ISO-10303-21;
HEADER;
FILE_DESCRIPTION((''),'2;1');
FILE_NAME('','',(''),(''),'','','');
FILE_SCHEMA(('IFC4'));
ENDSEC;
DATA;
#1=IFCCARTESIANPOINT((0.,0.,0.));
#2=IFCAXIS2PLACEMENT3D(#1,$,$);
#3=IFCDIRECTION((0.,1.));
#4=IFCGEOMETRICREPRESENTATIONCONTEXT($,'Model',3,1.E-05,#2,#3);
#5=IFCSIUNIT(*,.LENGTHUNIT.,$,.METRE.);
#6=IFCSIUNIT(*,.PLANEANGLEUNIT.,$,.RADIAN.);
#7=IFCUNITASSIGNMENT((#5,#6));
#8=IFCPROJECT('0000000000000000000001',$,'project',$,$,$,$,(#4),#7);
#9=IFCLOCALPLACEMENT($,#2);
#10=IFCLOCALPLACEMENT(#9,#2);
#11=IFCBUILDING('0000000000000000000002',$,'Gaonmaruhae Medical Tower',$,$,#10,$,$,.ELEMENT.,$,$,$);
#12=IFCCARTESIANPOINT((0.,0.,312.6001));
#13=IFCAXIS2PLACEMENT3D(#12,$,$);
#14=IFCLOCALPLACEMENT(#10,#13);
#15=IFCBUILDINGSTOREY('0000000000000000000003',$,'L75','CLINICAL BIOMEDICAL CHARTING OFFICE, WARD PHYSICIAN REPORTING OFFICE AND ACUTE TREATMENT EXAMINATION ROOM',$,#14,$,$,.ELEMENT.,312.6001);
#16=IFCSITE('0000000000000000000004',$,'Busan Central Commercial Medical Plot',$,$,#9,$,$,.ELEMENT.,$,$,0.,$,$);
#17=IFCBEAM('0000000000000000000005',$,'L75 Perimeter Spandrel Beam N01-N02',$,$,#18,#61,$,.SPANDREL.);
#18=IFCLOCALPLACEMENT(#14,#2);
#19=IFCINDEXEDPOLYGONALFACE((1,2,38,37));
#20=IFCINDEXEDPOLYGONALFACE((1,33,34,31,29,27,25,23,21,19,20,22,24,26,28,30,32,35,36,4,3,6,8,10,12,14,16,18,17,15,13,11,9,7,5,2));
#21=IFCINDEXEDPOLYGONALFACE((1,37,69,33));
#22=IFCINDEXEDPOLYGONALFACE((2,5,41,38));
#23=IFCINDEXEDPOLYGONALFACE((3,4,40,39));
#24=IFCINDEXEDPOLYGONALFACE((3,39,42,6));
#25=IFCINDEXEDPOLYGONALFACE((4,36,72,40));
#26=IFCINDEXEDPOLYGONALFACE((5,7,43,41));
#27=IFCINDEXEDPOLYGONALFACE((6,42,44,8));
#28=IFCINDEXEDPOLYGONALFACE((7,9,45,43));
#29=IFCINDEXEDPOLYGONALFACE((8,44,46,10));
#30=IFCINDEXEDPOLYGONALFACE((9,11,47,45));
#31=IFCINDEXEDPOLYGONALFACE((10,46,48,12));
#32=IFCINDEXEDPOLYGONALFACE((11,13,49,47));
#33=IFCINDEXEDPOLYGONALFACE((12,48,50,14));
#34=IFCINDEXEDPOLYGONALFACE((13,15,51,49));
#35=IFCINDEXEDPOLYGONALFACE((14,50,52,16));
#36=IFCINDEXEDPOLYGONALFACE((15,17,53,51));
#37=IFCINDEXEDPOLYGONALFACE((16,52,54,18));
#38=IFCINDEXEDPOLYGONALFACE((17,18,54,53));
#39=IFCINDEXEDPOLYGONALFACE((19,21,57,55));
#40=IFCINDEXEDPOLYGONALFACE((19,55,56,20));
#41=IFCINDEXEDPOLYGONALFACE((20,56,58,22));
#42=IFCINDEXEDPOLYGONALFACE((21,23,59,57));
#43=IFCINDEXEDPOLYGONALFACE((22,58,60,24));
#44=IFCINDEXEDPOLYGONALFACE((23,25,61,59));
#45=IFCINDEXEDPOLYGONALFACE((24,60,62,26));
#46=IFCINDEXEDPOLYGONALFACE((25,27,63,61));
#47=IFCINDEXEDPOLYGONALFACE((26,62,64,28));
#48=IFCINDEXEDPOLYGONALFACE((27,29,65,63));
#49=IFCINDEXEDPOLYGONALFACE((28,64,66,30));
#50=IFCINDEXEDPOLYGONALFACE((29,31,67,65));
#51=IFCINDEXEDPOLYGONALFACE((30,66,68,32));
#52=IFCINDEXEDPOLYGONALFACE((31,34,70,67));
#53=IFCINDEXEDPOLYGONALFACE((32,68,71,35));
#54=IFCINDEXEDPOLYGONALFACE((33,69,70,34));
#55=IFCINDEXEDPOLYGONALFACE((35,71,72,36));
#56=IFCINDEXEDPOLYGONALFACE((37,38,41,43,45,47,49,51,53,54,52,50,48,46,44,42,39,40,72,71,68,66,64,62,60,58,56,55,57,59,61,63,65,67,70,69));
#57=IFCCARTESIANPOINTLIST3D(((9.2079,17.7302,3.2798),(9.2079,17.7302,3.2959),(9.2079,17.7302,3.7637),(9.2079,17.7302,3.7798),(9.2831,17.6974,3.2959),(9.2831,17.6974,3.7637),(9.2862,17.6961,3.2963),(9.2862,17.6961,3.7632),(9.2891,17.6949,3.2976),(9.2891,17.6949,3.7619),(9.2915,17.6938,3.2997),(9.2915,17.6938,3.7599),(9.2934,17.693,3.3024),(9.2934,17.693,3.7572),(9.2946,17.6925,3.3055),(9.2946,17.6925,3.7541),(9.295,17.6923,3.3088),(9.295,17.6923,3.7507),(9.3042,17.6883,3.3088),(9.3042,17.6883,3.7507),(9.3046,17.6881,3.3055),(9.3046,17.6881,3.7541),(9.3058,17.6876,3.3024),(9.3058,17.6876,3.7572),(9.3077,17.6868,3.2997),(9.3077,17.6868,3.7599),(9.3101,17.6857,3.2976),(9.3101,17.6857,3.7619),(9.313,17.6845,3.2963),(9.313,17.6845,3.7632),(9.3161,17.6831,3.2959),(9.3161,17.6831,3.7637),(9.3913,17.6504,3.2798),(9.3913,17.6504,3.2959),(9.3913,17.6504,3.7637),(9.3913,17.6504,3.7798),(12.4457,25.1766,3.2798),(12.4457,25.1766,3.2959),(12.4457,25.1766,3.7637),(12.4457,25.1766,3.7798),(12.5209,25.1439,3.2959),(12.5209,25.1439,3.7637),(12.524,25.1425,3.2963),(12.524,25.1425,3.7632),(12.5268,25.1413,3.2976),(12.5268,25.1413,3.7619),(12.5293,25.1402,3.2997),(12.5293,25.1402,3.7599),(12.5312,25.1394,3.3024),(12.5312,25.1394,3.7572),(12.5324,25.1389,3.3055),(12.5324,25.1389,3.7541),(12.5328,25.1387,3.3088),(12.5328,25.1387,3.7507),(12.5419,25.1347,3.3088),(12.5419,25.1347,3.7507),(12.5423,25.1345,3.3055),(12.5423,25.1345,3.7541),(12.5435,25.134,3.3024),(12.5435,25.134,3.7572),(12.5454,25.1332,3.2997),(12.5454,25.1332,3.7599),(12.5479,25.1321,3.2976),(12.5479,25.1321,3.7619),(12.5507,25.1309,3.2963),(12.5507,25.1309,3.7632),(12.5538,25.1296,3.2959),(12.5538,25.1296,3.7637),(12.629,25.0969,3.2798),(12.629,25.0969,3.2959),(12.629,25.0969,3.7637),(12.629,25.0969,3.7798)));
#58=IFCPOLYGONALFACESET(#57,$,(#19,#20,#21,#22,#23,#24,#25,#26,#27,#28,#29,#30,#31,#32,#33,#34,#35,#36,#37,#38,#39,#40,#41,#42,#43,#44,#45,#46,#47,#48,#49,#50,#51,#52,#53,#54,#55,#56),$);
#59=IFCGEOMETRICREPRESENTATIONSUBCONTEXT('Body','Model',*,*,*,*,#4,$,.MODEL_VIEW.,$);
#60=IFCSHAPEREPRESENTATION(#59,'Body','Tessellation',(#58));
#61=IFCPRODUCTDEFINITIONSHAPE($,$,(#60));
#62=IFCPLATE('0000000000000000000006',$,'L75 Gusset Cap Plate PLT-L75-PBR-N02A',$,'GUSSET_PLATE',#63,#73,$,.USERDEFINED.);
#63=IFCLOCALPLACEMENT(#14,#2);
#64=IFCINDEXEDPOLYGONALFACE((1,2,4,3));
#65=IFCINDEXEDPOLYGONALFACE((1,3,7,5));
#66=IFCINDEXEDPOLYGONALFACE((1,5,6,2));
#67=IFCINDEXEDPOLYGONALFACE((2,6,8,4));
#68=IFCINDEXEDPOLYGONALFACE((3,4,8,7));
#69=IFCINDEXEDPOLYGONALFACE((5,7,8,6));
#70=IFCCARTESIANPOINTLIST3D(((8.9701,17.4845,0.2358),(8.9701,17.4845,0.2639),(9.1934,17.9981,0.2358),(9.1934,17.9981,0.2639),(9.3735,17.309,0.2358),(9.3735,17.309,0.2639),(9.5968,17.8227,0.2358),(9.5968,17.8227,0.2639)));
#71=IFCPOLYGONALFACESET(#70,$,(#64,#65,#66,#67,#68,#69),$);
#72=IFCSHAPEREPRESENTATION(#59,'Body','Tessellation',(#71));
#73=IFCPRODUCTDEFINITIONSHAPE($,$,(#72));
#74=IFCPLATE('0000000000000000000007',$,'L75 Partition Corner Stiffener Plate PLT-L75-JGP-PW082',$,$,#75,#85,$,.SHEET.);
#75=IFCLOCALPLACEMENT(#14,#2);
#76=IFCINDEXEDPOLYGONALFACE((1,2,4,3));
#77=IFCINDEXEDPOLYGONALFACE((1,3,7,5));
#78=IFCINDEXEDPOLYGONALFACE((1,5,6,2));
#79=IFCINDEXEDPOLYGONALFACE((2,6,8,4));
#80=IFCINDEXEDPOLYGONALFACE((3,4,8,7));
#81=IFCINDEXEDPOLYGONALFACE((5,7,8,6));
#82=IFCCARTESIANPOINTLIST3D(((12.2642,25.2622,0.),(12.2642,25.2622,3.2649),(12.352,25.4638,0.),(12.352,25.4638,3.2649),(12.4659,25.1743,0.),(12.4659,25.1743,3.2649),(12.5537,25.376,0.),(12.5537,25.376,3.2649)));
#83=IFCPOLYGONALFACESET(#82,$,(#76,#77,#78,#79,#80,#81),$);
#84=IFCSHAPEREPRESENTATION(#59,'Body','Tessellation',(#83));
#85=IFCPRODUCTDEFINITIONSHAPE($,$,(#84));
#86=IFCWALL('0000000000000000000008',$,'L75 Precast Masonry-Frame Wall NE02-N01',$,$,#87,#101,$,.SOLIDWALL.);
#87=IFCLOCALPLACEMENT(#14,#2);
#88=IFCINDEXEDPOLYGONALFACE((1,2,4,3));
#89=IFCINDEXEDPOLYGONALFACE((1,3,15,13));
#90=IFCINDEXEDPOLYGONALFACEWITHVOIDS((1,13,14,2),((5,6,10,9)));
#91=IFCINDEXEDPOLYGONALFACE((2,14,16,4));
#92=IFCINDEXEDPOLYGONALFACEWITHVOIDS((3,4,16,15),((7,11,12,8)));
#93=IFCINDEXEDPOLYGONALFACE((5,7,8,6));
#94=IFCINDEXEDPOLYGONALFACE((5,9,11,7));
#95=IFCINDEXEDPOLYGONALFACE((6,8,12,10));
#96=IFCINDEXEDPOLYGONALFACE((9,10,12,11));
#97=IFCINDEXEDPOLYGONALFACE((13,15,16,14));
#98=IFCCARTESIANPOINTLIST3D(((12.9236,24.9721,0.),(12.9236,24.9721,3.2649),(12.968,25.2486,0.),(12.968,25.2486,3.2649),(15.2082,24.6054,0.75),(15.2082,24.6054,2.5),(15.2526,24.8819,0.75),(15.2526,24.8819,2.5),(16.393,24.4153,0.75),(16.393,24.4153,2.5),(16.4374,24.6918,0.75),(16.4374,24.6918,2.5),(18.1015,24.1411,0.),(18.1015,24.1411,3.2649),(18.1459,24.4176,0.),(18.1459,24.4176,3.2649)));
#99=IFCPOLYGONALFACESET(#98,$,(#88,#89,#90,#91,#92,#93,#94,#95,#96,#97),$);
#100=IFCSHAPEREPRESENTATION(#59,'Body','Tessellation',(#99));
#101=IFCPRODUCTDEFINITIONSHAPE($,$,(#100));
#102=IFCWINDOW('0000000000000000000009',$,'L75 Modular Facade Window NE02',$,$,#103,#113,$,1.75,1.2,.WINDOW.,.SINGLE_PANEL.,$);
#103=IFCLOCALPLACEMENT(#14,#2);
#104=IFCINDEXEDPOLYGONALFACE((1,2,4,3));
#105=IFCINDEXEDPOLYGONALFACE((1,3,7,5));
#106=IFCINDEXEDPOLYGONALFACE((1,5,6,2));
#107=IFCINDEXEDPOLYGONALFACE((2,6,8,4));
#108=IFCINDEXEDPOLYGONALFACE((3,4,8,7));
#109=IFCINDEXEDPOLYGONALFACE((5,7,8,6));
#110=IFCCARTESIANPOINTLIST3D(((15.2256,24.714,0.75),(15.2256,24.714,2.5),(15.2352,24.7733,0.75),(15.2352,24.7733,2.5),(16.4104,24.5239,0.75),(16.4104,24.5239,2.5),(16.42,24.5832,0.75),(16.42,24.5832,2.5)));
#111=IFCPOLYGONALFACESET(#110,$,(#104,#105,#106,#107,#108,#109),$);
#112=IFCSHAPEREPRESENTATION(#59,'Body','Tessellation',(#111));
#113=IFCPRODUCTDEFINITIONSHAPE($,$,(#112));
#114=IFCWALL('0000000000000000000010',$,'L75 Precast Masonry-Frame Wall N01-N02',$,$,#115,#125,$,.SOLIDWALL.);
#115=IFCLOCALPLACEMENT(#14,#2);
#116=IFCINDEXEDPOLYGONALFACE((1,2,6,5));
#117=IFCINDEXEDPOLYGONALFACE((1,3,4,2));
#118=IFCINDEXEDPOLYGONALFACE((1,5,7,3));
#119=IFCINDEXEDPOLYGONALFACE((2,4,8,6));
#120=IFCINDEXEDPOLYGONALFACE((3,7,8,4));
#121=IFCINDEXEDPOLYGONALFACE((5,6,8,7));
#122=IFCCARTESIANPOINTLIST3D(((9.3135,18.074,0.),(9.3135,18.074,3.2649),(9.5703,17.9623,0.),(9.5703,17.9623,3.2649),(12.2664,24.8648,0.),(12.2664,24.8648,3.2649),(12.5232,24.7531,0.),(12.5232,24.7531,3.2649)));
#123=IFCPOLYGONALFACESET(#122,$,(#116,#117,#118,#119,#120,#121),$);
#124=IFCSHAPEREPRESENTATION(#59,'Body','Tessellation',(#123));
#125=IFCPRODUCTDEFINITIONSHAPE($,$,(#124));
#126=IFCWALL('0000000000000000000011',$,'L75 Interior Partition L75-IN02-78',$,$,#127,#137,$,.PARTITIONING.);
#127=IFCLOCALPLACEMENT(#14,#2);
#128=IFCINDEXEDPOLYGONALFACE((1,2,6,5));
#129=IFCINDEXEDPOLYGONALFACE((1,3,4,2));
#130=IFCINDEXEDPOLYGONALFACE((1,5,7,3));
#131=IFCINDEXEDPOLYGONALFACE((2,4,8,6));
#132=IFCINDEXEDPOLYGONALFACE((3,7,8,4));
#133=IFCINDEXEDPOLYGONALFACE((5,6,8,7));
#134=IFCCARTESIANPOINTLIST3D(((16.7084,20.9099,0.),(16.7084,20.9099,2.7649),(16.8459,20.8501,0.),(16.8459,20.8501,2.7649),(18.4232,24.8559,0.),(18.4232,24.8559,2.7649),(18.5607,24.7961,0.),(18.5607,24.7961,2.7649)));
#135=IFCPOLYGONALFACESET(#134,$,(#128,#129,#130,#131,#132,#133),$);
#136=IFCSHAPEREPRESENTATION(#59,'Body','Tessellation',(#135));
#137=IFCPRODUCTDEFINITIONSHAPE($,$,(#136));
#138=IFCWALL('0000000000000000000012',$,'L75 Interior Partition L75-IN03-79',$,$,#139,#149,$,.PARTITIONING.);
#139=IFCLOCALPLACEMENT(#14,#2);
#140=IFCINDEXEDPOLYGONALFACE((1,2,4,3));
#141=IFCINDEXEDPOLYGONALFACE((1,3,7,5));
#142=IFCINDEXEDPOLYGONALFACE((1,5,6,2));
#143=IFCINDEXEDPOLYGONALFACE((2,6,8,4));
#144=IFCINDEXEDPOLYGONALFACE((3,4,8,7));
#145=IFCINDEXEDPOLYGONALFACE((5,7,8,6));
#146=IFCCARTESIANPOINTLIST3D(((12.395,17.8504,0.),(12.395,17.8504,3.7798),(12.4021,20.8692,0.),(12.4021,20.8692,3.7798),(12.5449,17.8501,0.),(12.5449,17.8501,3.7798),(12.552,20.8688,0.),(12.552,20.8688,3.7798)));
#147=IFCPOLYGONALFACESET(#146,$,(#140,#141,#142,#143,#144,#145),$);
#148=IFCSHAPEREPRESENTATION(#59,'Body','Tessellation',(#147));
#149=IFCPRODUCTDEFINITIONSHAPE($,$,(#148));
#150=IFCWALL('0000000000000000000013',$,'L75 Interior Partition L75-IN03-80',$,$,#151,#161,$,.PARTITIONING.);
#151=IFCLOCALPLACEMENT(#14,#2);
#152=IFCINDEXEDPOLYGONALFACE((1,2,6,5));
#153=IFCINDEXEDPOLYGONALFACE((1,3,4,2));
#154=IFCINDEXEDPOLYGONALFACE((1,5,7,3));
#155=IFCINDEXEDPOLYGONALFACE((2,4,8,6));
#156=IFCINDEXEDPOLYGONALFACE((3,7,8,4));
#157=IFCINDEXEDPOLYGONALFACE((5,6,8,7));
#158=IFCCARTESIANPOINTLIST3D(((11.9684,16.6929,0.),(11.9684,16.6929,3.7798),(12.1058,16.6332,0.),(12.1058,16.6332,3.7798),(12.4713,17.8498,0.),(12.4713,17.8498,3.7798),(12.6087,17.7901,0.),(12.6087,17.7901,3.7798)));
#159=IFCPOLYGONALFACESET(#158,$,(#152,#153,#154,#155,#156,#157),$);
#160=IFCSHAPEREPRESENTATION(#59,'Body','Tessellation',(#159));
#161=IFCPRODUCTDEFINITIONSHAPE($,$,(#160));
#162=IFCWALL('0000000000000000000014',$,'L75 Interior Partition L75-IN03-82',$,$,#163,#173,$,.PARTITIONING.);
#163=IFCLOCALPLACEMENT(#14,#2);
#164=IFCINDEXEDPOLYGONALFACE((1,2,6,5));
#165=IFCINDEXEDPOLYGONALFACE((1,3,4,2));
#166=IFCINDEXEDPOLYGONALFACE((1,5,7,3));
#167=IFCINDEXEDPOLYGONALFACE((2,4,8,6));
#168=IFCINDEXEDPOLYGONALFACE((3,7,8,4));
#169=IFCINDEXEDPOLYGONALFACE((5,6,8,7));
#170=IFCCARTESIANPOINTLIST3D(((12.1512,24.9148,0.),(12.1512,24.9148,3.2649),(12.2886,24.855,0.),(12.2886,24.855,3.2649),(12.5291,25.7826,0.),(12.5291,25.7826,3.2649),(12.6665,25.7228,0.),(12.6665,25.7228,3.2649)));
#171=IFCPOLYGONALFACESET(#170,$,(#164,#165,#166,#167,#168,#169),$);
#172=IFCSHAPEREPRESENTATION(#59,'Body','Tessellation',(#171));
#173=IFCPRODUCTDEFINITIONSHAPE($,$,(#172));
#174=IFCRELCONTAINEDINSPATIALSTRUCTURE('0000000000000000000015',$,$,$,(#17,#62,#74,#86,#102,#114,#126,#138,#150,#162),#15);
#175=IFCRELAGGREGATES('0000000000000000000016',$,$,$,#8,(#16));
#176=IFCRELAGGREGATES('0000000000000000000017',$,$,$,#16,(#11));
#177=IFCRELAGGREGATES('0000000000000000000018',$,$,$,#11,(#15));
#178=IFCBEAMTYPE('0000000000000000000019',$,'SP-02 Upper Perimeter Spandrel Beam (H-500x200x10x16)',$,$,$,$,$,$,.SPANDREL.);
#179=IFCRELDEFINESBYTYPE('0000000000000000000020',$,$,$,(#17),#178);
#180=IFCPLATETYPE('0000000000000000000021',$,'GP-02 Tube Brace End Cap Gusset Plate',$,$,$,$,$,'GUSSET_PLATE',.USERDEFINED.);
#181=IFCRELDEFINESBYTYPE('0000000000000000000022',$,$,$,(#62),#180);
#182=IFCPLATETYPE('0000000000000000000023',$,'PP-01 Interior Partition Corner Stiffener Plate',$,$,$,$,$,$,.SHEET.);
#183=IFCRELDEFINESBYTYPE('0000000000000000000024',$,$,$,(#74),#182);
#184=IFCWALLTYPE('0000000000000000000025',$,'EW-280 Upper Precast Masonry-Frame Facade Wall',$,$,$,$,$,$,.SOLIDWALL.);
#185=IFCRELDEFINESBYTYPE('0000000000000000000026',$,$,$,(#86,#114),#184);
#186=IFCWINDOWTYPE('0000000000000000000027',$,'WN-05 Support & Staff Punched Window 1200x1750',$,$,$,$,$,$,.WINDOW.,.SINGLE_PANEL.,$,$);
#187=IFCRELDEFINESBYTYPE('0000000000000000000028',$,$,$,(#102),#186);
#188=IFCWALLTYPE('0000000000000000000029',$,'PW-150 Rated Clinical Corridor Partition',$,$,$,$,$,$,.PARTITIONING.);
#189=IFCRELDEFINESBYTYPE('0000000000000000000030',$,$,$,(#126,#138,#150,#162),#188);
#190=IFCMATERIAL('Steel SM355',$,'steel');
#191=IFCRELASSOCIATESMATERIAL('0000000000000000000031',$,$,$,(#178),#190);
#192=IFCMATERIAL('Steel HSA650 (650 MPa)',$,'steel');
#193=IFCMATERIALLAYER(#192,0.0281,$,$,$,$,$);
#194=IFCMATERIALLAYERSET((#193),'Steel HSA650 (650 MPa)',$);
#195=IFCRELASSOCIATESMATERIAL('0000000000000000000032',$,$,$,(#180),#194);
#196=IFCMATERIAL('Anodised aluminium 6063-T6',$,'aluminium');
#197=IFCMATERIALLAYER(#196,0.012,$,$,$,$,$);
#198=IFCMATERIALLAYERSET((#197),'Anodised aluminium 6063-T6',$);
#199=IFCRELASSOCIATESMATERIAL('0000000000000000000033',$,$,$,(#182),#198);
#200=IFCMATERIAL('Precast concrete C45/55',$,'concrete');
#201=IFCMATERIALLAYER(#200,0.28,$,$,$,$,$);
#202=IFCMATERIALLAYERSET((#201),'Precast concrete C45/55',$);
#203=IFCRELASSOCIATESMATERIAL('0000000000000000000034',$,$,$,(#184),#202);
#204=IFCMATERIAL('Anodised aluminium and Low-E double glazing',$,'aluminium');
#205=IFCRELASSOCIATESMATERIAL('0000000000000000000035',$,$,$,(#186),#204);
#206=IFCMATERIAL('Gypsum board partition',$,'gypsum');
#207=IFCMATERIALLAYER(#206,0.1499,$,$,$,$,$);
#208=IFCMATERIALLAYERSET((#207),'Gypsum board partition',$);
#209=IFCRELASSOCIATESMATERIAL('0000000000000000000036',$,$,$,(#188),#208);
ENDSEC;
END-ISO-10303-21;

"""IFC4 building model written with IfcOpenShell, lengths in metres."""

from ifc_helpers import new_model, si_unit, direction, frame, frame_2d, origin, origin_2d, place, context, subcontext, project, spatial, rectangle, i_section, extrude, material, layer, layer_set, material_profile, profile_set, type_object, element, fill, save


model = new_model("IFC4")

# Units and contexts
model_context = context("Model", 3, precision=1e-05, world=origin(), true_north=direction((0.0, 1.0)))
body_context = subcontext(model_context, "Body", "Model", "MODEL_VIEW")
ifc_project = project(units=[si_unit("LENGTHUNIT", "METRE"), si_unit("PLANEANGLEUNIT", "RADIAN")], contexts=[model_context])

# Site, building, storey
site_placement = place(None, origin())
site = spatial("IfcSite", under=ifc_project, at=site_placement, Name="Busan Central Commercial Medical Plot", CompositionType="ELEMENT", RefElevation=0.0)
building_placement = place(site_placement, origin())
building = spatial("IfcBuilding", under=site, at=building_placement, Name="Gaonmaruhae Medical Tower", CompositionType="ELEMENT")
storey_placement = place(building_placement, frame((0.0, 0.0, 312.6001)))
storey = spatial("IfcBuildingStorey", under=building, at=storey_placement, Name="L75", Description="CLINICAL BIOMEDICAL CHARTING OFFICE, WARD PHYSICIAN REPORTING OFFICE AND ACUTE TREATMENT EXAMINATION ROOM", CompositionType="ELEMENT", Elevation=312.6001)

# Shared definitions
ifc_material_1 = material(Name="Steel SM355", Category="steel")

# Beam
ifc_material_profile_1 = material_profile(ifc_material_1, i_section(OverallWidth=0.2, OverallDepth=0.5, WebThickness=0.01, FlangeThickness=0.0161, FilletRadius=0.0129, at=origin_2d()), Name="H-500x200x10x16")
ifc_profile_set_1 = profile_set([ifc_material_profile_1], Name="Steel SM355")
beam_type_1 = type_object("IfcBeamType", Name="SP-02 Upper Perimeter Spandrel Beam (H-500x200x10x16)", PredefinedType="SPANDREL", material=ifc_profile_set_1)
beam_1_placement = place(storey_placement, frame((12.5374, 25.1367, 3.5298), z_axis=(-0.398744, -0.917062, 0.0), x_axis=(0.917062, -0.398744, 0.0)))
element("IfcBeam", 1, at=beam_1_placement, inside=storey, type_object=beam_type_1, Name="L75 Perimeter Spandrel Beam N01-N02", PredefinedType="SPANDREL", context=body_context, shape_type="SweptSolid", body=[
    extrude(i_section(OverallWidth=0.2, OverallDepth=0.5, WebThickness=0.01, FlangeThickness=0.0161, FilletRadius=0.0129, at=origin_2d()), origin(), (0.0, 0.0, 1.0), 8.1199),
])

# Plates
ifc_material_2 = material(Name="Steel HSA650 (650 MPa)", Category="steel")
ifc_layer_1 = layer(ifc_material_2, 0.0281)
ifc_layer_set_1 = layer_set([ifc_layer_1], Name="Steel HSA650 (650 MPa)")
plate_type_1 = type_object("IfcPlateType", Name="GP-02 Tube Brace End Cap Gusset Plate", ElementType="GUSSET_PLATE", PredefinedType="USERDEFINED", material=ifc_layer_set_1)
plate_1_placement = place(storey_placement, frame((9.2834, 17.6536, 0.2358), z_axis=(0.0, 0.0, 1.0), x_axis=(0.398749, 0.91706, 0.0)))
element("IfcPlate", 2, at=plate_1_placement, inside=storey, type_object=plate_type_1, Name="L75 Gusset Cap Plate PLT-L75-PBR-N02A", ObjectType="GUSSET_PLATE", PredefinedType="USERDEFINED", context=body_context, shape_type="SweptSolid", body=[
    extrude(rectangle(XDim=0.5601, YDim=0.4399, at=origin_2d()), origin(), (0.0, 0.0, 1.0), 0.0281),
])
ifc_material_3 = material(Name="Anodised aluminium 6063-T6", Category="aluminium")
ifc_layer_2 = layer(ifc_material_3, 0.012)
ifc_layer_set_2 = layer_set([ifc_layer_2], Name="Anodised aluminium 6063-T6")
plate_type_2 = type_object("IfcPlateType", Name="PP-01 Interior Partition Corner Stiffener Plate", PredefinedType="SHEET", material=ifc_layer_set_2)
plate_2_placement = place(storey_placement, frame((12.4089, 25.3191, 0.0), z_axis=(0.0, 0.0, 1.0), x_axis=(0.399261, 0.916837, 0.0)))
element("IfcPlate", 3, at=plate_2_placement, inside=storey, type_object=plate_type_2, Name="L75 Partition Corner Stiffener Plate PLT-L75-JGP-PW082", PredefinedType="SHEET", context=body_context, shape_type="SweptSolid", body=[
    extrude(rectangle(XDim=0.22, YDim=0.22, at=origin_2d()), origin(), (0.0, 0.0, 1.0), 3.2649),
])

# Wall, opening, window
ifc_material_4 = material(Name="Precast concrete C45/55", Category="concrete")
ifc_layer_3 = layer(ifc_material_4, 0.28)
ifc_layer_set_3 = layer_set([ifc_layer_3], Name="Precast concrete C45/55")
wall_type_1 = type_object("IfcWallType", Name="EW-280 Upper Precast Masonry-Frame Facade Wall", PredefinedType="SOLIDWALL", material=ifc_layer_set_3)
wall_1_placement = place(storey_placement, frame((12.9458, 25.1104, 0.0), z_axis=(0.0, 0.0, 1.0), x_axis=(0.987364, -0.15847, 0.0)))
wall_1 = element("IfcWall", 4, at=wall_1_placement, inside=storey, type_object=wall_type_1, Name="L75 Precast Masonry-Frame Wall NE02-N01", PredefinedType="SOLIDWALL", context=body_context, shape_type="SweptSolid", body=[
    extrude(rectangle(XDim=5.2441, YDim=0.28, at=frame_2d((2.6221, 0.0))), origin(), (0.0, 0.0, 1.0), 3.2649),
])
opening_1_placement = place(wall_1_placement, frame((2.3137, 0.0, 0.75)))
opening_1 = element("IfcOpeningElement", 5, at=opening_1_placement, cuts=wall_1, PredefinedType="OPENING", context=body_context, shape_type="SweptSolid", body=[
    extrude(rectangle(XDim=1.2, YDim=1.75, at=frame_2d((0.6001, 0.875))), frame((0.0, 0.1499, 0.0), z_axis=(0.0, -1.0, 0.0), x_axis=(1.0, 0.0, 0.0)), (0.0, 0.0, 1.0), 0.3),
])
ifc_material_5 = material(Name="Anodised aluminium and Low-E double glazing", Category="aluminium")
window_type = type_object("IfcWindowType", Name="WN-05 Support & Staff Punched Window 1200x1750", PartitioningType="SINGLE_PANEL", PredefinedType="WINDOW", material=ifc_material_5)
window_placement = place(opening_1_placement, origin())
window = element("IfcWindow", 6, at=window_placement, inside=storey, type_object=window_type, Name="L75 Modular Facade Window NE02", OverallHeight=1.75, OverallWidth=1.2, PartitioningType="SINGLE_PANEL", PredefinedType="WINDOW", context=body_context, shape_type="SweptSolid", body=[
    extrude(rectangle(XDim=1.2, YDim=1.75, at=frame_2d((0.6001, 0.875))), frame((0.0, 0.03, 0.0), z_axis=(0.0, -1.0, 0.0), x_axis=(1.0, 0.0, 0.0)), (0.0, 0.0, 1.0), 0.0601),
])
fill(opening_1, window)

# Walls
wall_2_placement = place(storey_placement, frame((9.4419, 18.0181, 0.0), z_axis=(0.0, 0.0, 1.0), x_axis=(0.398768, 0.917052, 0.0)))
element("IfcWall", 7, at=wall_2_placement, inside=storey, type_object=wall_type_1, Name="L75 Precast Masonry-Frame Wall N01-N02", PredefinedType="SOLIDWALL", context=body_context, shape_type="SweptSolid", body=[
    extrude(rectangle(XDim=7.405, YDim=0.28, at=frame_2d((3.7026, 0.0))), origin(), (0.0, 0.0, 1.0), 3.2649),
])
ifc_material_6 = material(Name="Gypsum board partition", Category="gypsum")
ifc_layer_4 = layer(ifc_material_6, 0.1499)
ifc_layer_set_4 = layer_set([ifc_layer_4], Name="Gypsum board partition")
wall_type_2 = type_object("IfcWallType", Name="PW-150 Rated Clinical Corridor Partition", PredefinedType="PARTITIONING", material=ifc_layer_set_4)
wall_3_placement = place(storey_placement, frame((16.7771, 20.8799, 0.0), z_axis=(0.0, 0.0, 1.0), x_axis=(0.398564, 0.91714, 0.0)))
element("IfcWall", 8, at=wall_3_placement, inside=storey, type_object=wall_type_2, Name="L75 Interior Partition L75-IN02-78", PredefinedType="PARTITIONING", context=body_context, shape_type="SweptSolid", body=[
    extrude(rectangle(XDim=4.3025, YDim=0.1499, at=frame_2d((2.1514, 0.0))), origin(), (0.0, 0.0, 1.0), 2.7649),
])
wall_4_placement = place(storey_placement, frame((12.4771, 20.8689, 0.0), z_axis=(0.0, 0.0, 1.0), x_axis=(-0.002345, -0.999997, 0.0)))
element("IfcWall", 9, at=wall_4_placement, inside=storey, type_object=wall_type_2, Name="L75 Interior Partition L75-IN03-79", PredefinedType="PARTITIONING", context=body_context, shape_type="SweptSolid", body=[
    extrude(rectangle(XDim=3.0188, YDim=0.1499, at=frame_2d((1.5093, 0.0))), origin(), (0.0, 0.0, 1.0), 3.7798),
])
wall_5_placement = place(storey_placement, frame((12.54, 17.8201, 0.0), z_axis=(0.0, 0.0, 1.0), x_axis=(-0.398655, -0.917101, 0.0)))
element("IfcWall", 10, at=wall_5_placement, inside=storey, type_object=wall_type_2, Name="L75 Interior Partition L75-IN03-80", PredefinedType="PARTITIONING", context=body_context, shape_type="SweptSolid", body=[
    extrude(rectangle(XDim=1.2615, YDim=0.1499, at=frame_2d((0.6309, 0.0))), origin(), (0.0, 0.0, 1.0), 3.7798),
])
wall_6_placement = place(storey_placement, frame((12.22, 24.885, 0.0), z_axis=(0.0, 0.0, 1.0), x_axis=(0.399235, 0.916849, 0.0)))
element("IfcWall", 11, at=wall_6_placement, inside=storey, type_object=wall_type_2, Name="L75 Interior Partition L75-IN03-82", PredefinedType="PARTITIONING", context=body_context, shape_type="SweptSolid", body=[
    extrude(rectangle(XDim=0.9465, YDim=0.1499, at=frame_2d((0.4731, 0.0))), origin(), (0.0, 0.0, 1.0), 3.2649),
])

save(model, "model.ifc")
